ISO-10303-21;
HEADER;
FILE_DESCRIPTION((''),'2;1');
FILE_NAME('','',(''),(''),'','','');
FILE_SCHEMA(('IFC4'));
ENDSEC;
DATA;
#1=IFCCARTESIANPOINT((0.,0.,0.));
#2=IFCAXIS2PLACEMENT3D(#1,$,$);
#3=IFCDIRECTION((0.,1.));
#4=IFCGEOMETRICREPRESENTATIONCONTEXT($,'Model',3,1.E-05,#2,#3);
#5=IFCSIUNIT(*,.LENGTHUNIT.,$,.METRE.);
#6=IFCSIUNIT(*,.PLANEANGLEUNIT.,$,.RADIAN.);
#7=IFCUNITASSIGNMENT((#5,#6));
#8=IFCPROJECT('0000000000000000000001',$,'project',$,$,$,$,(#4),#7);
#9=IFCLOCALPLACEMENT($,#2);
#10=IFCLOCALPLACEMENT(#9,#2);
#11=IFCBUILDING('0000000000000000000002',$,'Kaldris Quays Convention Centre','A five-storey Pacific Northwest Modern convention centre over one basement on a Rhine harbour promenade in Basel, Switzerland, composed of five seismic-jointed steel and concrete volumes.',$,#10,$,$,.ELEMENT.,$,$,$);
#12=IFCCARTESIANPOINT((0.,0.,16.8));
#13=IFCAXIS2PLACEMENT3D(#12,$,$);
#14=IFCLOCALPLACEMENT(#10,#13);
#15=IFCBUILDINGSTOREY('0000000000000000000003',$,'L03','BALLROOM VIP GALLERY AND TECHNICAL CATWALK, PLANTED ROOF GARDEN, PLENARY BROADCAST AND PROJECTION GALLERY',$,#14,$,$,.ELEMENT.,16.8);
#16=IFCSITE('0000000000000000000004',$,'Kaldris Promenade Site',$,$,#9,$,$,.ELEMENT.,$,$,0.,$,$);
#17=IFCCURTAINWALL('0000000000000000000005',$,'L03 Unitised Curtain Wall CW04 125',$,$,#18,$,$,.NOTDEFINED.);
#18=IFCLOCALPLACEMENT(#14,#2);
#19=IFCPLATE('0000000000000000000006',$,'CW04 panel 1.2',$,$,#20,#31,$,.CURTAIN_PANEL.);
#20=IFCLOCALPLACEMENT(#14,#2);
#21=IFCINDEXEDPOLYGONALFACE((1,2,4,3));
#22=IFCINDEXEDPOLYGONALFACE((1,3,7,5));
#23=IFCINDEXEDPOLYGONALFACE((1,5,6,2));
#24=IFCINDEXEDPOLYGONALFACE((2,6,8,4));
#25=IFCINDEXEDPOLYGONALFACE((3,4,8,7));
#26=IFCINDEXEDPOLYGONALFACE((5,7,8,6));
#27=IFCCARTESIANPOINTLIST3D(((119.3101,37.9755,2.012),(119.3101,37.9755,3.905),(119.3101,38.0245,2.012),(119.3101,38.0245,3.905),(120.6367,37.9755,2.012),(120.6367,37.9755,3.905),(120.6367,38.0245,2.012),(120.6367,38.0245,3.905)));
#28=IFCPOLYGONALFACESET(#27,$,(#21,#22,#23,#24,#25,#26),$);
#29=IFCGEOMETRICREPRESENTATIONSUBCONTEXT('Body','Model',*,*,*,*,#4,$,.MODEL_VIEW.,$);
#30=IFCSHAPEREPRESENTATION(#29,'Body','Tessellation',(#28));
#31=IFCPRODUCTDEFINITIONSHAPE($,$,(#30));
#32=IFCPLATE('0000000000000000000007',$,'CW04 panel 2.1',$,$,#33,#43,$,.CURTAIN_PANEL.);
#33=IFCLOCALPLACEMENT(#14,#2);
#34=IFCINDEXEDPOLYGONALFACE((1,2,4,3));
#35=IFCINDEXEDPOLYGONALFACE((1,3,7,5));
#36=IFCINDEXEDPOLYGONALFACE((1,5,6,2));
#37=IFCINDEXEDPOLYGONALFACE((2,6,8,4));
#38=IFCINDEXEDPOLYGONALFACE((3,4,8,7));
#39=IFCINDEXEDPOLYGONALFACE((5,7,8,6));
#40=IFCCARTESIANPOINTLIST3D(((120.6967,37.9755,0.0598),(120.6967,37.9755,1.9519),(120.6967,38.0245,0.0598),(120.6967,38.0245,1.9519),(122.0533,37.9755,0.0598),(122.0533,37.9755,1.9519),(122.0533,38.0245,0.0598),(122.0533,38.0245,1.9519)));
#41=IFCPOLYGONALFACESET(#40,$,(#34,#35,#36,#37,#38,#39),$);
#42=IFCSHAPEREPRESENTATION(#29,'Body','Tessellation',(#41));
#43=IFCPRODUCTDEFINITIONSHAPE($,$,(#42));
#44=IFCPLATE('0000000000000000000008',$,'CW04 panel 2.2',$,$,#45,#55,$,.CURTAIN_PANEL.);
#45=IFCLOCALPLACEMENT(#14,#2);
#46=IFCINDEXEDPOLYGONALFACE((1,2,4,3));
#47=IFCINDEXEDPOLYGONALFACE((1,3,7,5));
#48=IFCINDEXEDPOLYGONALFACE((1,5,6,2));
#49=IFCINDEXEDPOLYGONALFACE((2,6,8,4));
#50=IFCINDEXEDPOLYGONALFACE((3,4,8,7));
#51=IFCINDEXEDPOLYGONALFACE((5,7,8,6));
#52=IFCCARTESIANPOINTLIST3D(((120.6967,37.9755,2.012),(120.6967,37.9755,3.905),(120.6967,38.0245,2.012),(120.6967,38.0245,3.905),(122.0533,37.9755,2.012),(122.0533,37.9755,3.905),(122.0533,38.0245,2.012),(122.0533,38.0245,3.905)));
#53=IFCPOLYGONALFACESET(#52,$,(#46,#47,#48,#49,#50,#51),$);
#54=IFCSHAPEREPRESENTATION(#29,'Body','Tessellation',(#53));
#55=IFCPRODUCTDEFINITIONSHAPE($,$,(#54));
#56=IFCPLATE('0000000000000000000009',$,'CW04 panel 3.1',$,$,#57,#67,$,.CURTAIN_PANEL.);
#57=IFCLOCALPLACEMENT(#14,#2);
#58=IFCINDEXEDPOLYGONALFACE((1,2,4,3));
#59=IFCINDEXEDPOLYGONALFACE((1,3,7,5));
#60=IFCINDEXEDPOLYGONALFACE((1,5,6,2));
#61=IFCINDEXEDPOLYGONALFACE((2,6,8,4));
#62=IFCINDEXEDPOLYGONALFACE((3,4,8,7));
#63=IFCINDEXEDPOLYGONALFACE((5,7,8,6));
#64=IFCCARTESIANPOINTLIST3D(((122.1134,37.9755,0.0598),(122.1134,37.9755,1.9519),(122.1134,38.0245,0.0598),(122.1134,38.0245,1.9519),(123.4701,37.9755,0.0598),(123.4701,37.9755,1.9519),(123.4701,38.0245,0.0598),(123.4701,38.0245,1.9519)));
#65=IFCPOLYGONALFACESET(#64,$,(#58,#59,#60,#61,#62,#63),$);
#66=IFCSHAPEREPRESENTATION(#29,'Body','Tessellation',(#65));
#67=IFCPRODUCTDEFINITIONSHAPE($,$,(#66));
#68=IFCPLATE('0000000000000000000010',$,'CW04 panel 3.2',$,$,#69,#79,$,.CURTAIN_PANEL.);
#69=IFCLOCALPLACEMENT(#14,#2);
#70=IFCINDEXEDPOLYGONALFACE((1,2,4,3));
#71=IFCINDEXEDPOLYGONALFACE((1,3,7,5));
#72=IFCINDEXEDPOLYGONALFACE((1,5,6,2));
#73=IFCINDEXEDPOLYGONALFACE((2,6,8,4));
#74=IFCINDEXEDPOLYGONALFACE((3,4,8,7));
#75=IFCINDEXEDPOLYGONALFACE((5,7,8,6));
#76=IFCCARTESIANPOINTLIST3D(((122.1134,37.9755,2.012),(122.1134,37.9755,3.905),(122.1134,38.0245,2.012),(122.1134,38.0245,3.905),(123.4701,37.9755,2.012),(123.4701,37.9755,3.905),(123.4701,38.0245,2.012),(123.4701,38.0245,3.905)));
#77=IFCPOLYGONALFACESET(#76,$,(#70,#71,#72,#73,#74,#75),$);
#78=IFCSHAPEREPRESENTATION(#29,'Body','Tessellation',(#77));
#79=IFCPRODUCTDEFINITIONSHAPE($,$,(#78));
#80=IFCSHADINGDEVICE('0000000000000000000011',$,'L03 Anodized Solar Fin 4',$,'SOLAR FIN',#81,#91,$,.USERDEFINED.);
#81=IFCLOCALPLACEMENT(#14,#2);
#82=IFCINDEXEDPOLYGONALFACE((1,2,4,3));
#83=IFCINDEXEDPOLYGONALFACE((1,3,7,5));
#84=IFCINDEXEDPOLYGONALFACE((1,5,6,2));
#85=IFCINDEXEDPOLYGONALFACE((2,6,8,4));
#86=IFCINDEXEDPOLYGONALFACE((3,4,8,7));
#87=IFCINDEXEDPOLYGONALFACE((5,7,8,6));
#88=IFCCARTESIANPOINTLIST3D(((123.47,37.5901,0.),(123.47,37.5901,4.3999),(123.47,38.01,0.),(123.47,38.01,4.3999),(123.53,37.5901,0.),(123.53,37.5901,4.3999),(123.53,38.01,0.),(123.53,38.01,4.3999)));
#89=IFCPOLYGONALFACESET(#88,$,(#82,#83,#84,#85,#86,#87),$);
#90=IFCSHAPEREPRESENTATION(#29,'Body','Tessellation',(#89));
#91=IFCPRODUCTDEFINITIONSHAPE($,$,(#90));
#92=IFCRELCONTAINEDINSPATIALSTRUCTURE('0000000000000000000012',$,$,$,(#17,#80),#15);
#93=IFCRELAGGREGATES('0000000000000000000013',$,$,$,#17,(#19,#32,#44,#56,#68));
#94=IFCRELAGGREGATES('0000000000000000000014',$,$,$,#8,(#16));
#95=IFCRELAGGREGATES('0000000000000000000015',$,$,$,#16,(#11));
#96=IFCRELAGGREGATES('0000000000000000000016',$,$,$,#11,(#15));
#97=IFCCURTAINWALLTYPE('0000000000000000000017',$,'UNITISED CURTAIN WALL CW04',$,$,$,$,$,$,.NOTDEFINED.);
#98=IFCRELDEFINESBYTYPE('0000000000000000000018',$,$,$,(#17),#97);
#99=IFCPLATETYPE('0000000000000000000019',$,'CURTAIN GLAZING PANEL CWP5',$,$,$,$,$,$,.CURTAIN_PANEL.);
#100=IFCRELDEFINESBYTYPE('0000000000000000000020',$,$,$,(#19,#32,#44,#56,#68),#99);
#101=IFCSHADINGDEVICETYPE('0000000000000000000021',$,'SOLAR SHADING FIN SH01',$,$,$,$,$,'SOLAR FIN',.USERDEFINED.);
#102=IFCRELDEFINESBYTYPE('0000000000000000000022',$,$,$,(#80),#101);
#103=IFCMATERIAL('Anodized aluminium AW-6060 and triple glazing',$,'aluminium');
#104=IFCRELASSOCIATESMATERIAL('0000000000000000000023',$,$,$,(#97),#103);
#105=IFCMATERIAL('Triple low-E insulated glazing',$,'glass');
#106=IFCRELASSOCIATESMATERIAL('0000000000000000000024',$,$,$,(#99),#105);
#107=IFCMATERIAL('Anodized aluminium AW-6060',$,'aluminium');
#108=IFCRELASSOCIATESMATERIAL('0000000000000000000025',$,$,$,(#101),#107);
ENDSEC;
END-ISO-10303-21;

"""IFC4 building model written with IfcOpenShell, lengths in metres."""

from ifc_helpers import new_model, si_unit, direction, frame, origin, origin_2d, place, context, subcontext, project, spatial, rectangle, extrude, material, type_object, element, aggregate, save


model = new_model("IFC4")

# Units and contexts
model_context = context("Model", 3, precision=1e-05, world=origin(), true_north=direction((0.0, 1.0)))
body_context = subcontext(model_context, "Body", "Model", "MODEL_VIEW")
ifc_project = project(units=[si_unit("LENGTHUNIT", "METRE"), si_unit("PLANEANGLEUNIT", "RADIAN")], contexts=[model_context])

# Site, building, storey
site_placement = place(None, origin())
site = spatial("IfcSite", under=ifc_project, at=site_placement, Name="Kaldris Promenade Site", CompositionType="ELEMENT", RefElevation=0.0)
building_placement = place(site_placement, origin())
building = spatial("IfcBuilding", under=site, at=building_placement, Name="Kaldris Quays Convention Centre", Description="A five-storey Pacific Northwest Modern convention centre over one basement on a Rhine harbour promenade in Basel, Switzerland, composed of five seismic-jointed steel and concrete volumes.", CompositionType="ELEMENT")
storey_placement = place(building_placement, frame((0.0, 0.0, 16.8)))
storey = spatial("IfcBuildingStorey", under=building, at=storey_placement, Name="L03", Description="BALLROOM VIP GALLERY AND TECHNICAL CATWALK, PLANTED ROOF GARDEN, PLENARY BROADCAST AND PROJECTION GALLERY", CompositionType="ELEMENT", Elevation=16.8)

# Shared definitions
ifc_material_1 = material(Name="Anodized aluminium AW-6060 and triple glazing", Category="aluminium")
curtain_wall_type = type_object("IfcCurtainWallType", Name="UNITISED CURTAIN WALL CW04", PredefinedType="NOTDEFINED", material=ifc_material_1)
ifc_material_2 = material(Name="Anodized aluminium AW-6060", Category="aluminium")

# Curtain wall
curtain_wall_1_placement = place(storey_placement, origin())
curtain_wall_1 = element("IfcCurtainWall", 1, at=curtain_wall_1_placement, inside=storey, type_object=curtain_wall_type, Name="L03 Unitised Curtain Wall CW04 125", PredefinedType="NOTDEFINED")

# Plates
ifc_material_3 = material(Name="Triple low-E insulated glazing", Category="glass")
plate_type_1 = type_object("IfcPlateType", Name="CURTAIN GLAZING PANEL CWP5", PredefinedType="CURTAIN_PANEL", material=ifc_material_3)
plate_1_placement = place(storey_placement, frame((119.9734, 38.0, 2.012), z_axis=(0.0, 0.0, 1.0), x_axis=(1.0, 0.0, 0.0)))
plate_1 = element("IfcPlate", 2, at=plate_1_placement, type_object=plate_type_1, Name="CW04 panel 1.2", PredefinedType="CURTAIN_PANEL", context=body_context, shape_type="SweptSolid", body=[
    extrude(rectangle(XDim=1.3267, YDim=0.0491, at=origin_2d()), origin(), (0.0, 0.0, 1.0), 1.8931),
])
plate_2_placement = place(storey_placement, frame((121.375, 38.0, 0.0598), z_axis=(0.0, 0.0, 1.0), x_axis=(1.0, 0.0, 0.0)))
plate_2 = element("IfcPlate", 3, at=plate_2_placement, type_object=plate_type_1, Name="CW04 panel 2.1", PredefinedType="CURTAIN_PANEL", context=body_context, shape_type="SweptSolid", body=[
    extrude(rectangle(XDim=1.3567, YDim=0.0491, at=origin_2d()), origin(), (0.0, 0.0, 1.0), 1.8921),
])
plate_3_placement = place(storey_placement, frame((121.375, 38.0, 2.012), z_axis=(0.0, 0.0, 1.0), x_axis=(1.0, 0.0, 0.0)))
plate_3 = element("IfcPlate", 4, at=plate_3_placement, type_object=plate_type_1, Name="CW04 panel 2.2", PredefinedType="CURTAIN_PANEL", context=body_context, shape_type="SweptSolid", body=[
    extrude(rectangle(XDim=1.3567, YDim=0.0491, at=origin_2d()), origin(), (0.0, 0.0, 1.0), 1.8931),
])
plate_4_placement = place(storey_placement, frame((122.7917, 38.0, 0.0598), z_axis=(0.0, 0.0, 1.0), x_axis=(1.0, 0.0, 0.0)))
plate_4 = element("IfcPlate", 5, at=plate_4_placement, type_object=plate_type_1, Name="CW04 panel 3.1", PredefinedType="CURTAIN_PANEL", context=body_context, shape_type="SweptSolid", body=[
    extrude(rectangle(XDim=1.3567, YDim=0.0491, at=origin_2d()), origin(), (0.0, 0.0, 1.0), 1.8921),
])
plate_5_placement = place(storey_placement, frame((122.7917, 38.0, 2.012), z_axis=(0.0, 0.0, 1.0), x_axis=(1.0, 0.0, 0.0)))
plate_5 = element("IfcPlate", 6, at=plate_5_placement, type_object=plate_type_1, Name="CW04 panel 3.2", PredefinedType="CURTAIN_PANEL", context=body_context, shape_type="SweptSolid", body=[
    extrude(rectangle(XDim=1.3567, YDim=0.0491, at=origin_2d()), origin(), (0.0, 0.0, 1.0), 1.8931),
])
aggregate(curtain_wall_1, [plate_1, plate_2, plate_3, plate_4, plate_5])

# Shading device
shading_device_type = type_object("IfcShadingDeviceType", Name="SOLAR SHADING FIN SH01", ElementType="SOLAR FIN", PredefinedType="USERDEFINED", material=ifc_material_2)
shading_device_placement = place(storey_placement, frame((123.5, 37.8, 0.0), z_axis=(0.0, 0.0, 1.0), x_axis=(1.0, 0.0, 0.0)))
element("IfcShadingDevice", 7, at=shading_device_placement, inside=storey, type_object=shading_device_type, Name="L03 Anodized Solar Fin 4", ObjectType="SOLAR FIN", PredefinedType="USERDEFINED", context=body_context, shape_type="SweptSolid", body=[
    extrude(rectangle(XDim=0.0601, YDim=0.4199, at=origin_2d()), origin(), (0.0, 0.0, 1.0), 4.3999),
])

save(model, "model.ifc")
